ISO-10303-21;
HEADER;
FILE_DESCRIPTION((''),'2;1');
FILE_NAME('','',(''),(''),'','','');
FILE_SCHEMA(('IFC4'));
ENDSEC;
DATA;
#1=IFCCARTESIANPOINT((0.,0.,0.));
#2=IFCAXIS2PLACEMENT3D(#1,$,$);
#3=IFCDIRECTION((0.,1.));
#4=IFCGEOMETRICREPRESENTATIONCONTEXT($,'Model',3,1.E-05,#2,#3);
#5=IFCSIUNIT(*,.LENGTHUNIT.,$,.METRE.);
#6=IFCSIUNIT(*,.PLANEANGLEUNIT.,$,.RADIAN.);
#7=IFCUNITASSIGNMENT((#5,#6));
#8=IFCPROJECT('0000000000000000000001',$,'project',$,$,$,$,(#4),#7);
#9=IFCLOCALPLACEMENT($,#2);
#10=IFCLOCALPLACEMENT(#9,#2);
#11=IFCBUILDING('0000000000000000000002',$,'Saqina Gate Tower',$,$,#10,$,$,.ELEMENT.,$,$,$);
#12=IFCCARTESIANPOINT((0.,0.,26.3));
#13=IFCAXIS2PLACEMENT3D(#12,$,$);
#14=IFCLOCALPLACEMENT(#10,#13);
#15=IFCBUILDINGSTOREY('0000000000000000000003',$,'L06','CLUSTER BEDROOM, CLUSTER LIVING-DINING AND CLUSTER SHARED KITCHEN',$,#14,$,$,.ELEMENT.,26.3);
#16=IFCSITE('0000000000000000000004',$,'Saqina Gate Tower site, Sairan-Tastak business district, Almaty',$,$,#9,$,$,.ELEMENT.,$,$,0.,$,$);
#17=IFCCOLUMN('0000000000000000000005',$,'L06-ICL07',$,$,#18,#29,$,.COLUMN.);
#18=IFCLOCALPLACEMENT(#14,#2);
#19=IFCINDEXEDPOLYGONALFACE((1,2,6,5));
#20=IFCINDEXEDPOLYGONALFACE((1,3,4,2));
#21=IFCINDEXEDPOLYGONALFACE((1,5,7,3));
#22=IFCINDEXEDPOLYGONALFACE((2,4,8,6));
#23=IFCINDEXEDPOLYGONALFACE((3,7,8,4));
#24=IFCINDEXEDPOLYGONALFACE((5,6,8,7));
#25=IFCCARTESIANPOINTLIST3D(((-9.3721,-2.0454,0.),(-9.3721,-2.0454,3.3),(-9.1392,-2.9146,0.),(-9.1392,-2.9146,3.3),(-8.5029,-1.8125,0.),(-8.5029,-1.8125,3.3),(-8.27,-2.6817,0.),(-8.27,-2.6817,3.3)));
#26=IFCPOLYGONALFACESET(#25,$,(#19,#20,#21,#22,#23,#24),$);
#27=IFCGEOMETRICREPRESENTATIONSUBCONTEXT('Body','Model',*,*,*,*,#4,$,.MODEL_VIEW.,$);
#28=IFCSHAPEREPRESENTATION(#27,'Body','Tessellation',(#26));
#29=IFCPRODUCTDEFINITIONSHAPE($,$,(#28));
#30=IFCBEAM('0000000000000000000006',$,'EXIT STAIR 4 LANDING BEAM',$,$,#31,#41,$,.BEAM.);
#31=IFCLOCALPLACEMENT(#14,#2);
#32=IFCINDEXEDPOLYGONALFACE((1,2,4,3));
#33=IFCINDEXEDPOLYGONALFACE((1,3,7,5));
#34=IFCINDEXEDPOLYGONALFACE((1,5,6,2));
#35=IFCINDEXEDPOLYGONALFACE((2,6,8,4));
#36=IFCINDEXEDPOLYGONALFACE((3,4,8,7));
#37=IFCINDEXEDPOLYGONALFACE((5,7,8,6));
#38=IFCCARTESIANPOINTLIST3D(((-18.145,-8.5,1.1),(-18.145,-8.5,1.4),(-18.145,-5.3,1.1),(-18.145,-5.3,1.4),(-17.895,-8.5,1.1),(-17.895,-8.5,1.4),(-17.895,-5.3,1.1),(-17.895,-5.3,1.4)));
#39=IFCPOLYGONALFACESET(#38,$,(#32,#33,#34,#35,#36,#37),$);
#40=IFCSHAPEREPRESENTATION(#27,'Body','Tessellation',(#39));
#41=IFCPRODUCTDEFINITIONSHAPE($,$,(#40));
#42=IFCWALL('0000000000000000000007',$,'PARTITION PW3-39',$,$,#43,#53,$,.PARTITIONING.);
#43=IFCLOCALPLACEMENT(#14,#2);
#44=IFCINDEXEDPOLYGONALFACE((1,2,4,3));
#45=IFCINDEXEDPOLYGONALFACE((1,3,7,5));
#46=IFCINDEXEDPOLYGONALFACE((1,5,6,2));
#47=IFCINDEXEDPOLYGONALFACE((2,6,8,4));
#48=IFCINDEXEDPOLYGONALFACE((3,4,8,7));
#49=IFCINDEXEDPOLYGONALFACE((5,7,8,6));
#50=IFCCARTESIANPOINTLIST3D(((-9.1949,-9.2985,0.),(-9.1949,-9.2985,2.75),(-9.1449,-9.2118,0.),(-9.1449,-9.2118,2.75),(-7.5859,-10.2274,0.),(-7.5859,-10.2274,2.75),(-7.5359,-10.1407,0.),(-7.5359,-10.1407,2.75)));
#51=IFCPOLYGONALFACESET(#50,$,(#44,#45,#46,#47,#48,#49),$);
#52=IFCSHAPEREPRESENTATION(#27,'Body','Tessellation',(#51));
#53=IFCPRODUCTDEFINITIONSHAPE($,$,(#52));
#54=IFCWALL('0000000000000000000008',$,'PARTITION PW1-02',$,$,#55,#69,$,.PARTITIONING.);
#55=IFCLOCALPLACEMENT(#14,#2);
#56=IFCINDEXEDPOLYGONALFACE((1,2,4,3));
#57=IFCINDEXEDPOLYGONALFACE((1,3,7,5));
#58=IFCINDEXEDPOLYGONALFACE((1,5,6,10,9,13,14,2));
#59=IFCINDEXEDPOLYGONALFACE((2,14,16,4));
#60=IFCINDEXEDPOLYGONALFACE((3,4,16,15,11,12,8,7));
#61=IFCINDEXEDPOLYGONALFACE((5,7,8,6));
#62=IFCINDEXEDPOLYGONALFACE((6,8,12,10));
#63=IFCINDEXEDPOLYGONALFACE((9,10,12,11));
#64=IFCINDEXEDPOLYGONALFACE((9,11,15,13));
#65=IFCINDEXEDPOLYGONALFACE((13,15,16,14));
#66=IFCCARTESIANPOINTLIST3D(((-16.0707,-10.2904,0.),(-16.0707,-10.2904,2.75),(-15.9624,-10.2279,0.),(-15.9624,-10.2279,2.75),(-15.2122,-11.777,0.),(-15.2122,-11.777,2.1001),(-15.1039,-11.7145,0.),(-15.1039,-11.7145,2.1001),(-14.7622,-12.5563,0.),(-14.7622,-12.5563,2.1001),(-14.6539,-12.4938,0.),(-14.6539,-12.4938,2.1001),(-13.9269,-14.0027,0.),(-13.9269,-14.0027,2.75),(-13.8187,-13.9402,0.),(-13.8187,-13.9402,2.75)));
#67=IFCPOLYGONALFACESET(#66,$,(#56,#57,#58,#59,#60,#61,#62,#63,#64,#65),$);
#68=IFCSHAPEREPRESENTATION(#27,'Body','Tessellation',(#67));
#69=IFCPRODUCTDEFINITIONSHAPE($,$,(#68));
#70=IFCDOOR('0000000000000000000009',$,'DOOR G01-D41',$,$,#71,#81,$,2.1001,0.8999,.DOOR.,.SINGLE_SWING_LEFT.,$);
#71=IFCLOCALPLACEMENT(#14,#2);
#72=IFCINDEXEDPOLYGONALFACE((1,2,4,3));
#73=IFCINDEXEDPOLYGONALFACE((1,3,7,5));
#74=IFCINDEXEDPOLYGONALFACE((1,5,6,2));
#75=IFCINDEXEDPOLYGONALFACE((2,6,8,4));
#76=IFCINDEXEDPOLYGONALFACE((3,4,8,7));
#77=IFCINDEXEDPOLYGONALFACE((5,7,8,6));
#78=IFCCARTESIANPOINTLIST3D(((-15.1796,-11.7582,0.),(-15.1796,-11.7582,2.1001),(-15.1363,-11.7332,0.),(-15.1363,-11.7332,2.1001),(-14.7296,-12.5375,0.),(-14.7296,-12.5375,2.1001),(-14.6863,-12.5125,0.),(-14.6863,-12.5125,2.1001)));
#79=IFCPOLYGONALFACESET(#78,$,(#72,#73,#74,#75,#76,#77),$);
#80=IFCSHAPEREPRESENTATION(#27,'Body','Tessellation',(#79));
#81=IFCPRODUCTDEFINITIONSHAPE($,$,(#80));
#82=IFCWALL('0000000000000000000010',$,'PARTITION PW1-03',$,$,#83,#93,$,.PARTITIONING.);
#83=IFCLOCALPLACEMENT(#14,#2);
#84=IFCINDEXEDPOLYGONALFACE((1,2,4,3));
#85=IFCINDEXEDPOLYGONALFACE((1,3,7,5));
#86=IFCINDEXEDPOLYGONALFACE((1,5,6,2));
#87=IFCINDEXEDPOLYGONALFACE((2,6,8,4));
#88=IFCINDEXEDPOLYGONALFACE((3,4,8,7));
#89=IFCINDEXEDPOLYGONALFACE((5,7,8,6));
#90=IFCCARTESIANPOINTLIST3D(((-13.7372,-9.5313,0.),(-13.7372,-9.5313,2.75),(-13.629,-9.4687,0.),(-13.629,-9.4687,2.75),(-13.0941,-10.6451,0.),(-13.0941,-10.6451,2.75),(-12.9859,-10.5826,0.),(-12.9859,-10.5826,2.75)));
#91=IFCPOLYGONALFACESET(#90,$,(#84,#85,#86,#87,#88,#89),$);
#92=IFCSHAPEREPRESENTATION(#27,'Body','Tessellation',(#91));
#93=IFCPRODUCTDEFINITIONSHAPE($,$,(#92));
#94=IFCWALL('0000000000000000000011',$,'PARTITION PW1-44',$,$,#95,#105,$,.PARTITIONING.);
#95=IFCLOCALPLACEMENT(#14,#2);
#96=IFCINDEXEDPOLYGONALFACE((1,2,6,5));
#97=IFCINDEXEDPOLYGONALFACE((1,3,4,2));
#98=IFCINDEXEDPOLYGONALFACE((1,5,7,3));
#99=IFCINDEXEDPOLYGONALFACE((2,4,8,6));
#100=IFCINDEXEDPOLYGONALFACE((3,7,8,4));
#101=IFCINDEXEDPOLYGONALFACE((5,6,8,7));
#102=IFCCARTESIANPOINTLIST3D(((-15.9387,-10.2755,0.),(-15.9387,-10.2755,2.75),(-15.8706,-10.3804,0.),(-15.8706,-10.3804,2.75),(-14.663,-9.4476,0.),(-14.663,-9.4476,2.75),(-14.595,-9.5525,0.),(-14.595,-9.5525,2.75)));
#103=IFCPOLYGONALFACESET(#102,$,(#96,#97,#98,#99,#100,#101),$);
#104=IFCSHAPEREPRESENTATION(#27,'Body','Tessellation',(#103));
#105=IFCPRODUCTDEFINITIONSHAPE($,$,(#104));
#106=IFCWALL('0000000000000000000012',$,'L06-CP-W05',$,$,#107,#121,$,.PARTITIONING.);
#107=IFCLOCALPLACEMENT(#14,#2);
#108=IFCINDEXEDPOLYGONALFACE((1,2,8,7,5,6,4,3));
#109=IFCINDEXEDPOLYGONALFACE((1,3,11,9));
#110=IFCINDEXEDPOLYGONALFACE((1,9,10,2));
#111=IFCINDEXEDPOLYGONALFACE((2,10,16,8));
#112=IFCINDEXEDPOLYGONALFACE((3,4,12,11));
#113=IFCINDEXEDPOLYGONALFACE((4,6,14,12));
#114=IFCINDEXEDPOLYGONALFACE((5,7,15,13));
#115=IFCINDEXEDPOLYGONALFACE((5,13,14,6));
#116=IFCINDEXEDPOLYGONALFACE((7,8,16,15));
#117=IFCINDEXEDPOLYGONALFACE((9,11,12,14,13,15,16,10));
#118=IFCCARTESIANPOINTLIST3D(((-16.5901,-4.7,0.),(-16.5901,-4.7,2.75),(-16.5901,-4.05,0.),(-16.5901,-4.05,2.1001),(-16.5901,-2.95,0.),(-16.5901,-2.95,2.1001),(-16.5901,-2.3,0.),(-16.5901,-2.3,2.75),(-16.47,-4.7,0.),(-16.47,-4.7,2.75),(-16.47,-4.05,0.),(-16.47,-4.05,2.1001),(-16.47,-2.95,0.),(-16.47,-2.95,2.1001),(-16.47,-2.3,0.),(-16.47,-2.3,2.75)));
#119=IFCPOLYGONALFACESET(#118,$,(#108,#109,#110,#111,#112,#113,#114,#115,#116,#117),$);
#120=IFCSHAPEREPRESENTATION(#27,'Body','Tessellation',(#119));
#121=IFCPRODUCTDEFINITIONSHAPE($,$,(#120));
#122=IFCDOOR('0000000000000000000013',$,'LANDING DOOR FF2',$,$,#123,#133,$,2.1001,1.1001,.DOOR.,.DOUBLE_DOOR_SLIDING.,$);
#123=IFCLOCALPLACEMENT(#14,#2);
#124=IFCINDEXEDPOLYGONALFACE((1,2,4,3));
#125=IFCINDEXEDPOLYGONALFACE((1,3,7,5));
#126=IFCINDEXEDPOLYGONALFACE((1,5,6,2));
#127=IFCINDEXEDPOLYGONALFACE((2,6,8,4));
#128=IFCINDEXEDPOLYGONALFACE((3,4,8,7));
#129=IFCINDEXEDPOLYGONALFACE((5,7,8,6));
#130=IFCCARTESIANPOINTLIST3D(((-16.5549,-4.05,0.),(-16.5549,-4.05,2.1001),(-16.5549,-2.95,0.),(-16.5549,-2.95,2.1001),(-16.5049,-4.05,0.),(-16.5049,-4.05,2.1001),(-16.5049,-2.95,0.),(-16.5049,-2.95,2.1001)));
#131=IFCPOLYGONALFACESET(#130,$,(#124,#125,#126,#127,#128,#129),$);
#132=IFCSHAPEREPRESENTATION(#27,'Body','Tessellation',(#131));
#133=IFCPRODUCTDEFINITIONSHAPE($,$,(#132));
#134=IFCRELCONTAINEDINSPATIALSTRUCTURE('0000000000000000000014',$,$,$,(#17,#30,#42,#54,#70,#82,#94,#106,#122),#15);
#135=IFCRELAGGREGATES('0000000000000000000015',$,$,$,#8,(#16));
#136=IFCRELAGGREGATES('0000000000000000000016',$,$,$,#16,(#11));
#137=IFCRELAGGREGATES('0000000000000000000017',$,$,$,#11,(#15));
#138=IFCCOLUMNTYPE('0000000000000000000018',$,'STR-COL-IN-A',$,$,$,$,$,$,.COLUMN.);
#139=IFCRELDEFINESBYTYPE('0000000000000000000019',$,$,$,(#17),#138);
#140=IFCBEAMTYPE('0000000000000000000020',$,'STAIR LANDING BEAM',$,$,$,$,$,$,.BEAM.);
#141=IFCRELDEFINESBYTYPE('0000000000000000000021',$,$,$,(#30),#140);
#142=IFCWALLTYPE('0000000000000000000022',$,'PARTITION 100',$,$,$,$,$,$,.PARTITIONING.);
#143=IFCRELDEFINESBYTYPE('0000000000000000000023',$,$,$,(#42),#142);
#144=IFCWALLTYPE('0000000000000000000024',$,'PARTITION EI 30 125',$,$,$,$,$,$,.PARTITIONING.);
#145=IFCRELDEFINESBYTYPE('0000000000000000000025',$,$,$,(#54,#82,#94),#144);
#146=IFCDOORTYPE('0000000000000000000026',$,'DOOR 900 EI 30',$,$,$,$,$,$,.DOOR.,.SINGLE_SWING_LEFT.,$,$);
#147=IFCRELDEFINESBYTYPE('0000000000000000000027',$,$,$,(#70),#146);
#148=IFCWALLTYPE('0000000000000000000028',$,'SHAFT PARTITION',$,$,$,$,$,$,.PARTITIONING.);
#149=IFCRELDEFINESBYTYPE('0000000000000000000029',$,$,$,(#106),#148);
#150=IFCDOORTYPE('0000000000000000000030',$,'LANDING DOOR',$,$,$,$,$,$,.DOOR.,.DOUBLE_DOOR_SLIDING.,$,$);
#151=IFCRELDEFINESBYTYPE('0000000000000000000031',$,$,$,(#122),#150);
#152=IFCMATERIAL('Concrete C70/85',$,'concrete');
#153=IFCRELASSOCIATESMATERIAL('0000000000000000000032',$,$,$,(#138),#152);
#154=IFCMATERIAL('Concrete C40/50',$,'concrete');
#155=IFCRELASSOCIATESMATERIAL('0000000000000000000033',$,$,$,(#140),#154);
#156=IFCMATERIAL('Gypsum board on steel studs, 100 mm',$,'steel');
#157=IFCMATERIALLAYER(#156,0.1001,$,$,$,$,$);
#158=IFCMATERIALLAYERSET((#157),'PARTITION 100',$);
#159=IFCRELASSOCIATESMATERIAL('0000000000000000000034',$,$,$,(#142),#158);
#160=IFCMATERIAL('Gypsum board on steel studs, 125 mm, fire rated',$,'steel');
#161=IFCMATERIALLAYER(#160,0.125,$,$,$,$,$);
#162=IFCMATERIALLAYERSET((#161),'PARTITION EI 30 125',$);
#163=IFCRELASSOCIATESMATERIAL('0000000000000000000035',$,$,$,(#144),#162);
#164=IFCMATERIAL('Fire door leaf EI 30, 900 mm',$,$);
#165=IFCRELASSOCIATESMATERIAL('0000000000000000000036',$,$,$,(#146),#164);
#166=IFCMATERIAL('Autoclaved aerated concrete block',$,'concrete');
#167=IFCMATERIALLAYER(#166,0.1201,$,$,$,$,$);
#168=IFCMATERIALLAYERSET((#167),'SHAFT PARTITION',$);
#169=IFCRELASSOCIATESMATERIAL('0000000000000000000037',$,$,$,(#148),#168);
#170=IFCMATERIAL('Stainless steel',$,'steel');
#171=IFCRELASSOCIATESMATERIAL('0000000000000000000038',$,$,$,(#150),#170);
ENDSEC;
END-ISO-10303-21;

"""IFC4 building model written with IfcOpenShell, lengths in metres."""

from ifc_helpers import new_model, si_unit, direction, frame, frame_2d, origin, origin_2d, place, context, subcontext, project, spatial, rectangle, extrude, material, layer, layer_set, material_profile, profile_set, type_object, element, fill, save


model = new_model("IFC4")

# Units and contexts
model_context = context("Model", 3, precision=1e-05, world=origin(), true_north=direction((0.0, 1.0)))
body_context = subcontext(model_context, "Body", "Model", "MODEL_VIEW")
ifc_project = project(units=[si_unit("LENGTHUNIT", "METRE"), si_unit("PLANEANGLEUNIT", "RADIAN")], contexts=[model_context])

# Site, building, storey
site_placement = place(None, origin())
site = spatial("IfcSite", under=ifc_project, at=site_placement, Name="Saqina Gate Tower site, Sairan-Tastak business district, Almaty", CompositionType="ELEMENT", RefElevation=0.0)
building_placement = place(site_placement, origin())
building = spatial("IfcBuilding", under=site, at=building_placement, Name="Saqina Gate Tower", CompositionType="ELEMENT")
storey_placement = place(building_placement, frame((0.0, 0.0, 26.3)))
storey = spatial("IfcBuildingStorey", under=building, at=storey_placement, Name="L06", Description="CLUSTER BEDROOM, CLUSTER LIVING-DINING AND CLUSTER SHARED KITCHEN", CompositionType="ELEMENT", Elevation=26.3)

# Column
ifc_material_1 = material(Name="Concrete C70/85", Category="concrete")
ifc_material_profile_1 = material_profile(ifc_material_1, rectangle(XDim=0.8999, YDim=0.8999, at=origin_2d()), Name="RC 900x900")
ifc_profile_set_1 = profile_set([ifc_material_profile_1], Name="Concrete C70/85")
column_type = type_object("IfcColumnType", Name="STR-COL-IN-A", PredefinedType="COLUMN", material=ifc_profile_set_1)
column_placement = place(storey_placement, frame((-8.821, -2.3635, 0.0), z_axis=(0.0, 0.0, 1.0), x_axis=(-0.965926, -0.258819, 0.0)))
element("IfcColumn", 1, at=column_placement, inside=storey, type_object=column_type, Name="L06-ICL07", PredefinedType="COLUMN", context=body_context, shape_type="SweptSolid", body=[
    extrude(rectangle(XDim=0.8999, YDim=0.8999, at=origin_2d()), origin(), (0.0, 0.0, 1.0), 3.3),
])

# Beam
ifc_material_2 = material(Name="Concrete C40/50", Category="concrete")
ifc_material_profile_2 = material_profile(ifc_material_2, rectangle(XDim=0.25, YDim=0.3, at=origin_2d()), Name="STAIR LANDING BEAM")
ifc_profile_set_2 = profile_set([ifc_material_profile_2], Name="Concrete C40/50")
beam_type = type_object("IfcBeamType", Name="STAIR LANDING BEAM", PredefinedType="BEAM", material=ifc_profile_set_2)
beam_placement = place(storey_placement, frame((-18.02, -8.5, 1.25), z_axis=(0.0, 1.0, 0.0), x_axis=(-1.0, 0.0, 0.0)))
element("IfcBeam", 2, at=beam_placement, inside=storey, type_object=beam_type, Name="EXIT STAIR 4 LANDING BEAM", PredefinedType="BEAM", context=body_context, shape_type="SweptSolid", body=[
    extrude(rectangle(XDim=0.25, YDim=0.3, at=origin_2d()), origin(), (0.0, 0.0, 1.0), 3.2),
])

# Wall
ifc_material_3 = material(Name="Gypsum board on steel studs, 100 mm", Category="steel")
ifc_layer_1 = layer(ifc_material_3, 0.1001)
ifc_layer_set_1 = layer_set([ifc_layer_1], Name="PARTITION 100")
wall_type_1 = type_object("IfcWallType", Name="PARTITION 100", PredefinedType="PARTITIONING", material=ifc_layer_set_1)
wall_1_placement = place(storey_placement, frame((-9.1699, -9.2551, 0.0), z_axis=(0.0, 0.0, 1.0), x_axis=(0.866043, -0.499969, 0.0)))
element("IfcWall", 3, at=wall_1_placement, inside=storey, type_object=wall_type_1, Name="PARTITION PW3-39", PredefinedType="PARTITIONING", context=body_context, shape_type="SweptSolid", body=[
    extrude(rectangle(XDim=1.8579, YDim=0.1001, at=frame_2d((0.929, 0.0))), origin(), (0.0, 0.0, 1.0), 2.75),
])

# Wall, opening, door
ifc_material_4 = material(Name="Gypsum board on steel studs, 125 mm, fire rated", Category="steel")
ifc_layer_2 = layer(ifc_material_4, 0.125)
ifc_layer_set_2 = layer_set([ifc_layer_2], Name="PARTITION EI 30 125")
wall_type_2 = type_object("IfcWallType", Name="PARTITION EI 30 125", PredefinedType="PARTITIONING", material=ifc_layer_set_2)
wall_2_placement = place(storey_placement, frame((-16.0166, -10.259, 0.0), z_axis=(0.0, 0.0, 1.0), x_axis=(0.500077, -0.865981, 0.0)))
wall_2 = element("IfcWall", 4, at=wall_2_placement, inside=storey, type_object=wall_type_2, Name="PARTITION PW1-02", PredefinedType="PARTITIONING", context=body_context, shape_type="SweptSolid", body=[
    extrude(rectangle(XDim=4.2869, YDim=0.125, at=frame_2d((2.1436, 0.0))), origin(), (0.0, 0.0, 1.0), 2.75),
])
opening_1_placement = place(wall_2_placement, frame((1.7168, 0.0, 0.0)))
opening_1 = element("IfcOpeningElement", 5, at=opening_1_placement, cuts=wall_2, PredefinedType="OPENING", context=body_context, shape_type="SweptSolid", body=[
    extrude(rectangle(XDim=0.8999, YDim=2.1001, at=frame_2d((0.45, 1.05))), frame((0.0, 0.0745, 0.0), z_axis=(0.0, -1.0, 0.0), x_axis=(1.0, 0.0, 0.0)), (0.0, 0.0, 1.0), 0.1489),
])
ifc_material_5 = material(Name="Fire door leaf EI 30, 900 mm")
door_type_1 = type_object("IfcDoorType", Name="DOOR 900 EI 30", OperationType="SINGLE_SWING_LEFT", PredefinedType="DOOR", material=ifc_material_5)
door_1_placement = place(opening_1_placement, frame((0.8999, 0.0, 0.0), z_axis=(0.0, 0.0, 1.0), x_axis=(-1.0, 0.0, 0.0)))
door_1 = element("IfcDoor", 6, at=door_1_placement, inside=storey, type_object=door_type_1, Name="DOOR G01-D41", OperationType="SINGLE_SWING_LEFT", OverallHeight=2.1001, OverallWidth=0.8999, PredefinedType="DOOR", context=body_context, shape_type="SweptSolid", body=[
    extrude(rectangle(XDim=0.8999, YDim=2.1001, at=frame_2d((0.45, 1.05))), frame((0.0, 0.0249, 0.0), z_axis=(0.0, -1.0, 0.0), x_axis=(1.0, 0.0, 0.0)), (0.0, 0.0, 1.0), 0.05),
])
fill(opening_1, door_1)

# Walls
wall_3_placement = place(storey_placement, frame((-13.6831, -9.5, 0.0), z_axis=(0.0, 0.0, 1.0), x_axis=(0.500018, -0.866015, 0.0)))
element("IfcWall", 7, at=wall_3_placement, inside=storey, type_object=wall_type_2, Name="PARTITION PW1-03", PredefinedType="PARTITIONING", context=body_context, shape_type="SweptSolid", body=[
    extrude(rectangle(XDim=1.2861, YDim=0.125, at=frame_2d((0.6431, 0.0))), origin(), (0.0, 0.0, 1.0), 2.75),
])
wall_4_placement = place(storey_placement, frame((-15.9045, -10.3279, 0.0), z_axis=(0.0, 0.0, 1.0), x_axis=(0.838829, 0.544396, 0.0)))
element("IfcWall", 8, at=wall_4_placement, inside=storey, type_object=wall_type_2, Name="PARTITION PW1-44", PredefinedType="PARTITIONING", context=body_context, shape_type="SweptSolid", body=[
    extrude(rectangle(XDim=1.5208, YDim=0.125, at=frame_2d((0.7603, 0.0))), origin(), (0.0, 0.0, 1.0), 2.75),
])

# Wall, opening, door
ifc_material_6 = material(Name="Autoclaved aerated concrete block", Category="concrete")
ifc_layer_3 = layer(ifc_material_6, 0.1201)
ifc_layer_set_3 = layer_set([ifc_layer_3], Name="SHAFT PARTITION")
wall_type_3 = type_object("IfcWallType", Name="SHAFT PARTITION", PredefinedType="PARTITIONING", material=ifc_layer_set_3)
wall_5_placement = place(storey_placement, frame((-16.53, -4.7, 0.0), z_axis=(0.0, 0.0, 1.0), x_axis=(0.0, 1.0, 0.0)))
wall_5 = element("IfcWall", 9, at=wall_5_placement, inside=storey, type_object=wall_type_3, Name="L06-CP-W05", PredefinedType="PARTITIONING", context=body_context, shape_type="SweptSolid", body=[
    extrude(rectangle(XDim=2.3999, YDim=0.1201, at=frame_2d((1.2, 0.0))), origin(), (0.0, 0.0, 1.0), 2.75),
])
opening_2_placement = place(wall_5_placement, frame((0.6499, 0.0, 0.0)))
opening_2 = element("IfcOpeningElement", 10, at=opening_2_placement, cuts=wall_5, PredefinedType="OPENING", context=body_context, shape_type="SweptSolid", body=[
    extrude(rectangle(XDim=1.1001, YDim=2.1001, at=frame_2d((0.55, 1.05))), frame((0.0, 0.072, 0.0), z_axis=(0.0, -1.0, 0.0), x_axis=(1.0, 0.0, 0.0)), (0.0, 0.0, 1.0), 0.144),
])
ifc_material_7 = material(Name="Stainless steel", Category="steel")
door_type_2 = type_object("IfcDoorType", Name="LANDING DOOR", OperationType="DOUBLE_DOOR_SLIDING", PredefinedType="DOOR", material=ifc_material_7)
door_2_placement = place(opening_2_placement, origin())
door_2 = element("IfcDoor", 11, at=door_2_placement, inside=storey, type_object=door_type_2, Name="LANDING DOOR FF2", OperationType="DOUBLE_DOOR_SLIDING", OverallHeight=2.1001, OverallWidth=1.1001, PredefinedType="DOOR", context=body_context, shape_type="SweptSolid", body=[
    extrude(rectangle(XDim=1.1001, YDim=2.1001, at=frame_2d((0.55, 1.05))), frame((0.0, 0.0249, 0.0), z_axis=(0.0, -1.0, 0.0), x_axis=(1.0, 0.0, 0.0)), (0.0, 0.0, 1.0), 0.05),
])
fill(opening_2, door_2)

save(model, "model.ifc")
